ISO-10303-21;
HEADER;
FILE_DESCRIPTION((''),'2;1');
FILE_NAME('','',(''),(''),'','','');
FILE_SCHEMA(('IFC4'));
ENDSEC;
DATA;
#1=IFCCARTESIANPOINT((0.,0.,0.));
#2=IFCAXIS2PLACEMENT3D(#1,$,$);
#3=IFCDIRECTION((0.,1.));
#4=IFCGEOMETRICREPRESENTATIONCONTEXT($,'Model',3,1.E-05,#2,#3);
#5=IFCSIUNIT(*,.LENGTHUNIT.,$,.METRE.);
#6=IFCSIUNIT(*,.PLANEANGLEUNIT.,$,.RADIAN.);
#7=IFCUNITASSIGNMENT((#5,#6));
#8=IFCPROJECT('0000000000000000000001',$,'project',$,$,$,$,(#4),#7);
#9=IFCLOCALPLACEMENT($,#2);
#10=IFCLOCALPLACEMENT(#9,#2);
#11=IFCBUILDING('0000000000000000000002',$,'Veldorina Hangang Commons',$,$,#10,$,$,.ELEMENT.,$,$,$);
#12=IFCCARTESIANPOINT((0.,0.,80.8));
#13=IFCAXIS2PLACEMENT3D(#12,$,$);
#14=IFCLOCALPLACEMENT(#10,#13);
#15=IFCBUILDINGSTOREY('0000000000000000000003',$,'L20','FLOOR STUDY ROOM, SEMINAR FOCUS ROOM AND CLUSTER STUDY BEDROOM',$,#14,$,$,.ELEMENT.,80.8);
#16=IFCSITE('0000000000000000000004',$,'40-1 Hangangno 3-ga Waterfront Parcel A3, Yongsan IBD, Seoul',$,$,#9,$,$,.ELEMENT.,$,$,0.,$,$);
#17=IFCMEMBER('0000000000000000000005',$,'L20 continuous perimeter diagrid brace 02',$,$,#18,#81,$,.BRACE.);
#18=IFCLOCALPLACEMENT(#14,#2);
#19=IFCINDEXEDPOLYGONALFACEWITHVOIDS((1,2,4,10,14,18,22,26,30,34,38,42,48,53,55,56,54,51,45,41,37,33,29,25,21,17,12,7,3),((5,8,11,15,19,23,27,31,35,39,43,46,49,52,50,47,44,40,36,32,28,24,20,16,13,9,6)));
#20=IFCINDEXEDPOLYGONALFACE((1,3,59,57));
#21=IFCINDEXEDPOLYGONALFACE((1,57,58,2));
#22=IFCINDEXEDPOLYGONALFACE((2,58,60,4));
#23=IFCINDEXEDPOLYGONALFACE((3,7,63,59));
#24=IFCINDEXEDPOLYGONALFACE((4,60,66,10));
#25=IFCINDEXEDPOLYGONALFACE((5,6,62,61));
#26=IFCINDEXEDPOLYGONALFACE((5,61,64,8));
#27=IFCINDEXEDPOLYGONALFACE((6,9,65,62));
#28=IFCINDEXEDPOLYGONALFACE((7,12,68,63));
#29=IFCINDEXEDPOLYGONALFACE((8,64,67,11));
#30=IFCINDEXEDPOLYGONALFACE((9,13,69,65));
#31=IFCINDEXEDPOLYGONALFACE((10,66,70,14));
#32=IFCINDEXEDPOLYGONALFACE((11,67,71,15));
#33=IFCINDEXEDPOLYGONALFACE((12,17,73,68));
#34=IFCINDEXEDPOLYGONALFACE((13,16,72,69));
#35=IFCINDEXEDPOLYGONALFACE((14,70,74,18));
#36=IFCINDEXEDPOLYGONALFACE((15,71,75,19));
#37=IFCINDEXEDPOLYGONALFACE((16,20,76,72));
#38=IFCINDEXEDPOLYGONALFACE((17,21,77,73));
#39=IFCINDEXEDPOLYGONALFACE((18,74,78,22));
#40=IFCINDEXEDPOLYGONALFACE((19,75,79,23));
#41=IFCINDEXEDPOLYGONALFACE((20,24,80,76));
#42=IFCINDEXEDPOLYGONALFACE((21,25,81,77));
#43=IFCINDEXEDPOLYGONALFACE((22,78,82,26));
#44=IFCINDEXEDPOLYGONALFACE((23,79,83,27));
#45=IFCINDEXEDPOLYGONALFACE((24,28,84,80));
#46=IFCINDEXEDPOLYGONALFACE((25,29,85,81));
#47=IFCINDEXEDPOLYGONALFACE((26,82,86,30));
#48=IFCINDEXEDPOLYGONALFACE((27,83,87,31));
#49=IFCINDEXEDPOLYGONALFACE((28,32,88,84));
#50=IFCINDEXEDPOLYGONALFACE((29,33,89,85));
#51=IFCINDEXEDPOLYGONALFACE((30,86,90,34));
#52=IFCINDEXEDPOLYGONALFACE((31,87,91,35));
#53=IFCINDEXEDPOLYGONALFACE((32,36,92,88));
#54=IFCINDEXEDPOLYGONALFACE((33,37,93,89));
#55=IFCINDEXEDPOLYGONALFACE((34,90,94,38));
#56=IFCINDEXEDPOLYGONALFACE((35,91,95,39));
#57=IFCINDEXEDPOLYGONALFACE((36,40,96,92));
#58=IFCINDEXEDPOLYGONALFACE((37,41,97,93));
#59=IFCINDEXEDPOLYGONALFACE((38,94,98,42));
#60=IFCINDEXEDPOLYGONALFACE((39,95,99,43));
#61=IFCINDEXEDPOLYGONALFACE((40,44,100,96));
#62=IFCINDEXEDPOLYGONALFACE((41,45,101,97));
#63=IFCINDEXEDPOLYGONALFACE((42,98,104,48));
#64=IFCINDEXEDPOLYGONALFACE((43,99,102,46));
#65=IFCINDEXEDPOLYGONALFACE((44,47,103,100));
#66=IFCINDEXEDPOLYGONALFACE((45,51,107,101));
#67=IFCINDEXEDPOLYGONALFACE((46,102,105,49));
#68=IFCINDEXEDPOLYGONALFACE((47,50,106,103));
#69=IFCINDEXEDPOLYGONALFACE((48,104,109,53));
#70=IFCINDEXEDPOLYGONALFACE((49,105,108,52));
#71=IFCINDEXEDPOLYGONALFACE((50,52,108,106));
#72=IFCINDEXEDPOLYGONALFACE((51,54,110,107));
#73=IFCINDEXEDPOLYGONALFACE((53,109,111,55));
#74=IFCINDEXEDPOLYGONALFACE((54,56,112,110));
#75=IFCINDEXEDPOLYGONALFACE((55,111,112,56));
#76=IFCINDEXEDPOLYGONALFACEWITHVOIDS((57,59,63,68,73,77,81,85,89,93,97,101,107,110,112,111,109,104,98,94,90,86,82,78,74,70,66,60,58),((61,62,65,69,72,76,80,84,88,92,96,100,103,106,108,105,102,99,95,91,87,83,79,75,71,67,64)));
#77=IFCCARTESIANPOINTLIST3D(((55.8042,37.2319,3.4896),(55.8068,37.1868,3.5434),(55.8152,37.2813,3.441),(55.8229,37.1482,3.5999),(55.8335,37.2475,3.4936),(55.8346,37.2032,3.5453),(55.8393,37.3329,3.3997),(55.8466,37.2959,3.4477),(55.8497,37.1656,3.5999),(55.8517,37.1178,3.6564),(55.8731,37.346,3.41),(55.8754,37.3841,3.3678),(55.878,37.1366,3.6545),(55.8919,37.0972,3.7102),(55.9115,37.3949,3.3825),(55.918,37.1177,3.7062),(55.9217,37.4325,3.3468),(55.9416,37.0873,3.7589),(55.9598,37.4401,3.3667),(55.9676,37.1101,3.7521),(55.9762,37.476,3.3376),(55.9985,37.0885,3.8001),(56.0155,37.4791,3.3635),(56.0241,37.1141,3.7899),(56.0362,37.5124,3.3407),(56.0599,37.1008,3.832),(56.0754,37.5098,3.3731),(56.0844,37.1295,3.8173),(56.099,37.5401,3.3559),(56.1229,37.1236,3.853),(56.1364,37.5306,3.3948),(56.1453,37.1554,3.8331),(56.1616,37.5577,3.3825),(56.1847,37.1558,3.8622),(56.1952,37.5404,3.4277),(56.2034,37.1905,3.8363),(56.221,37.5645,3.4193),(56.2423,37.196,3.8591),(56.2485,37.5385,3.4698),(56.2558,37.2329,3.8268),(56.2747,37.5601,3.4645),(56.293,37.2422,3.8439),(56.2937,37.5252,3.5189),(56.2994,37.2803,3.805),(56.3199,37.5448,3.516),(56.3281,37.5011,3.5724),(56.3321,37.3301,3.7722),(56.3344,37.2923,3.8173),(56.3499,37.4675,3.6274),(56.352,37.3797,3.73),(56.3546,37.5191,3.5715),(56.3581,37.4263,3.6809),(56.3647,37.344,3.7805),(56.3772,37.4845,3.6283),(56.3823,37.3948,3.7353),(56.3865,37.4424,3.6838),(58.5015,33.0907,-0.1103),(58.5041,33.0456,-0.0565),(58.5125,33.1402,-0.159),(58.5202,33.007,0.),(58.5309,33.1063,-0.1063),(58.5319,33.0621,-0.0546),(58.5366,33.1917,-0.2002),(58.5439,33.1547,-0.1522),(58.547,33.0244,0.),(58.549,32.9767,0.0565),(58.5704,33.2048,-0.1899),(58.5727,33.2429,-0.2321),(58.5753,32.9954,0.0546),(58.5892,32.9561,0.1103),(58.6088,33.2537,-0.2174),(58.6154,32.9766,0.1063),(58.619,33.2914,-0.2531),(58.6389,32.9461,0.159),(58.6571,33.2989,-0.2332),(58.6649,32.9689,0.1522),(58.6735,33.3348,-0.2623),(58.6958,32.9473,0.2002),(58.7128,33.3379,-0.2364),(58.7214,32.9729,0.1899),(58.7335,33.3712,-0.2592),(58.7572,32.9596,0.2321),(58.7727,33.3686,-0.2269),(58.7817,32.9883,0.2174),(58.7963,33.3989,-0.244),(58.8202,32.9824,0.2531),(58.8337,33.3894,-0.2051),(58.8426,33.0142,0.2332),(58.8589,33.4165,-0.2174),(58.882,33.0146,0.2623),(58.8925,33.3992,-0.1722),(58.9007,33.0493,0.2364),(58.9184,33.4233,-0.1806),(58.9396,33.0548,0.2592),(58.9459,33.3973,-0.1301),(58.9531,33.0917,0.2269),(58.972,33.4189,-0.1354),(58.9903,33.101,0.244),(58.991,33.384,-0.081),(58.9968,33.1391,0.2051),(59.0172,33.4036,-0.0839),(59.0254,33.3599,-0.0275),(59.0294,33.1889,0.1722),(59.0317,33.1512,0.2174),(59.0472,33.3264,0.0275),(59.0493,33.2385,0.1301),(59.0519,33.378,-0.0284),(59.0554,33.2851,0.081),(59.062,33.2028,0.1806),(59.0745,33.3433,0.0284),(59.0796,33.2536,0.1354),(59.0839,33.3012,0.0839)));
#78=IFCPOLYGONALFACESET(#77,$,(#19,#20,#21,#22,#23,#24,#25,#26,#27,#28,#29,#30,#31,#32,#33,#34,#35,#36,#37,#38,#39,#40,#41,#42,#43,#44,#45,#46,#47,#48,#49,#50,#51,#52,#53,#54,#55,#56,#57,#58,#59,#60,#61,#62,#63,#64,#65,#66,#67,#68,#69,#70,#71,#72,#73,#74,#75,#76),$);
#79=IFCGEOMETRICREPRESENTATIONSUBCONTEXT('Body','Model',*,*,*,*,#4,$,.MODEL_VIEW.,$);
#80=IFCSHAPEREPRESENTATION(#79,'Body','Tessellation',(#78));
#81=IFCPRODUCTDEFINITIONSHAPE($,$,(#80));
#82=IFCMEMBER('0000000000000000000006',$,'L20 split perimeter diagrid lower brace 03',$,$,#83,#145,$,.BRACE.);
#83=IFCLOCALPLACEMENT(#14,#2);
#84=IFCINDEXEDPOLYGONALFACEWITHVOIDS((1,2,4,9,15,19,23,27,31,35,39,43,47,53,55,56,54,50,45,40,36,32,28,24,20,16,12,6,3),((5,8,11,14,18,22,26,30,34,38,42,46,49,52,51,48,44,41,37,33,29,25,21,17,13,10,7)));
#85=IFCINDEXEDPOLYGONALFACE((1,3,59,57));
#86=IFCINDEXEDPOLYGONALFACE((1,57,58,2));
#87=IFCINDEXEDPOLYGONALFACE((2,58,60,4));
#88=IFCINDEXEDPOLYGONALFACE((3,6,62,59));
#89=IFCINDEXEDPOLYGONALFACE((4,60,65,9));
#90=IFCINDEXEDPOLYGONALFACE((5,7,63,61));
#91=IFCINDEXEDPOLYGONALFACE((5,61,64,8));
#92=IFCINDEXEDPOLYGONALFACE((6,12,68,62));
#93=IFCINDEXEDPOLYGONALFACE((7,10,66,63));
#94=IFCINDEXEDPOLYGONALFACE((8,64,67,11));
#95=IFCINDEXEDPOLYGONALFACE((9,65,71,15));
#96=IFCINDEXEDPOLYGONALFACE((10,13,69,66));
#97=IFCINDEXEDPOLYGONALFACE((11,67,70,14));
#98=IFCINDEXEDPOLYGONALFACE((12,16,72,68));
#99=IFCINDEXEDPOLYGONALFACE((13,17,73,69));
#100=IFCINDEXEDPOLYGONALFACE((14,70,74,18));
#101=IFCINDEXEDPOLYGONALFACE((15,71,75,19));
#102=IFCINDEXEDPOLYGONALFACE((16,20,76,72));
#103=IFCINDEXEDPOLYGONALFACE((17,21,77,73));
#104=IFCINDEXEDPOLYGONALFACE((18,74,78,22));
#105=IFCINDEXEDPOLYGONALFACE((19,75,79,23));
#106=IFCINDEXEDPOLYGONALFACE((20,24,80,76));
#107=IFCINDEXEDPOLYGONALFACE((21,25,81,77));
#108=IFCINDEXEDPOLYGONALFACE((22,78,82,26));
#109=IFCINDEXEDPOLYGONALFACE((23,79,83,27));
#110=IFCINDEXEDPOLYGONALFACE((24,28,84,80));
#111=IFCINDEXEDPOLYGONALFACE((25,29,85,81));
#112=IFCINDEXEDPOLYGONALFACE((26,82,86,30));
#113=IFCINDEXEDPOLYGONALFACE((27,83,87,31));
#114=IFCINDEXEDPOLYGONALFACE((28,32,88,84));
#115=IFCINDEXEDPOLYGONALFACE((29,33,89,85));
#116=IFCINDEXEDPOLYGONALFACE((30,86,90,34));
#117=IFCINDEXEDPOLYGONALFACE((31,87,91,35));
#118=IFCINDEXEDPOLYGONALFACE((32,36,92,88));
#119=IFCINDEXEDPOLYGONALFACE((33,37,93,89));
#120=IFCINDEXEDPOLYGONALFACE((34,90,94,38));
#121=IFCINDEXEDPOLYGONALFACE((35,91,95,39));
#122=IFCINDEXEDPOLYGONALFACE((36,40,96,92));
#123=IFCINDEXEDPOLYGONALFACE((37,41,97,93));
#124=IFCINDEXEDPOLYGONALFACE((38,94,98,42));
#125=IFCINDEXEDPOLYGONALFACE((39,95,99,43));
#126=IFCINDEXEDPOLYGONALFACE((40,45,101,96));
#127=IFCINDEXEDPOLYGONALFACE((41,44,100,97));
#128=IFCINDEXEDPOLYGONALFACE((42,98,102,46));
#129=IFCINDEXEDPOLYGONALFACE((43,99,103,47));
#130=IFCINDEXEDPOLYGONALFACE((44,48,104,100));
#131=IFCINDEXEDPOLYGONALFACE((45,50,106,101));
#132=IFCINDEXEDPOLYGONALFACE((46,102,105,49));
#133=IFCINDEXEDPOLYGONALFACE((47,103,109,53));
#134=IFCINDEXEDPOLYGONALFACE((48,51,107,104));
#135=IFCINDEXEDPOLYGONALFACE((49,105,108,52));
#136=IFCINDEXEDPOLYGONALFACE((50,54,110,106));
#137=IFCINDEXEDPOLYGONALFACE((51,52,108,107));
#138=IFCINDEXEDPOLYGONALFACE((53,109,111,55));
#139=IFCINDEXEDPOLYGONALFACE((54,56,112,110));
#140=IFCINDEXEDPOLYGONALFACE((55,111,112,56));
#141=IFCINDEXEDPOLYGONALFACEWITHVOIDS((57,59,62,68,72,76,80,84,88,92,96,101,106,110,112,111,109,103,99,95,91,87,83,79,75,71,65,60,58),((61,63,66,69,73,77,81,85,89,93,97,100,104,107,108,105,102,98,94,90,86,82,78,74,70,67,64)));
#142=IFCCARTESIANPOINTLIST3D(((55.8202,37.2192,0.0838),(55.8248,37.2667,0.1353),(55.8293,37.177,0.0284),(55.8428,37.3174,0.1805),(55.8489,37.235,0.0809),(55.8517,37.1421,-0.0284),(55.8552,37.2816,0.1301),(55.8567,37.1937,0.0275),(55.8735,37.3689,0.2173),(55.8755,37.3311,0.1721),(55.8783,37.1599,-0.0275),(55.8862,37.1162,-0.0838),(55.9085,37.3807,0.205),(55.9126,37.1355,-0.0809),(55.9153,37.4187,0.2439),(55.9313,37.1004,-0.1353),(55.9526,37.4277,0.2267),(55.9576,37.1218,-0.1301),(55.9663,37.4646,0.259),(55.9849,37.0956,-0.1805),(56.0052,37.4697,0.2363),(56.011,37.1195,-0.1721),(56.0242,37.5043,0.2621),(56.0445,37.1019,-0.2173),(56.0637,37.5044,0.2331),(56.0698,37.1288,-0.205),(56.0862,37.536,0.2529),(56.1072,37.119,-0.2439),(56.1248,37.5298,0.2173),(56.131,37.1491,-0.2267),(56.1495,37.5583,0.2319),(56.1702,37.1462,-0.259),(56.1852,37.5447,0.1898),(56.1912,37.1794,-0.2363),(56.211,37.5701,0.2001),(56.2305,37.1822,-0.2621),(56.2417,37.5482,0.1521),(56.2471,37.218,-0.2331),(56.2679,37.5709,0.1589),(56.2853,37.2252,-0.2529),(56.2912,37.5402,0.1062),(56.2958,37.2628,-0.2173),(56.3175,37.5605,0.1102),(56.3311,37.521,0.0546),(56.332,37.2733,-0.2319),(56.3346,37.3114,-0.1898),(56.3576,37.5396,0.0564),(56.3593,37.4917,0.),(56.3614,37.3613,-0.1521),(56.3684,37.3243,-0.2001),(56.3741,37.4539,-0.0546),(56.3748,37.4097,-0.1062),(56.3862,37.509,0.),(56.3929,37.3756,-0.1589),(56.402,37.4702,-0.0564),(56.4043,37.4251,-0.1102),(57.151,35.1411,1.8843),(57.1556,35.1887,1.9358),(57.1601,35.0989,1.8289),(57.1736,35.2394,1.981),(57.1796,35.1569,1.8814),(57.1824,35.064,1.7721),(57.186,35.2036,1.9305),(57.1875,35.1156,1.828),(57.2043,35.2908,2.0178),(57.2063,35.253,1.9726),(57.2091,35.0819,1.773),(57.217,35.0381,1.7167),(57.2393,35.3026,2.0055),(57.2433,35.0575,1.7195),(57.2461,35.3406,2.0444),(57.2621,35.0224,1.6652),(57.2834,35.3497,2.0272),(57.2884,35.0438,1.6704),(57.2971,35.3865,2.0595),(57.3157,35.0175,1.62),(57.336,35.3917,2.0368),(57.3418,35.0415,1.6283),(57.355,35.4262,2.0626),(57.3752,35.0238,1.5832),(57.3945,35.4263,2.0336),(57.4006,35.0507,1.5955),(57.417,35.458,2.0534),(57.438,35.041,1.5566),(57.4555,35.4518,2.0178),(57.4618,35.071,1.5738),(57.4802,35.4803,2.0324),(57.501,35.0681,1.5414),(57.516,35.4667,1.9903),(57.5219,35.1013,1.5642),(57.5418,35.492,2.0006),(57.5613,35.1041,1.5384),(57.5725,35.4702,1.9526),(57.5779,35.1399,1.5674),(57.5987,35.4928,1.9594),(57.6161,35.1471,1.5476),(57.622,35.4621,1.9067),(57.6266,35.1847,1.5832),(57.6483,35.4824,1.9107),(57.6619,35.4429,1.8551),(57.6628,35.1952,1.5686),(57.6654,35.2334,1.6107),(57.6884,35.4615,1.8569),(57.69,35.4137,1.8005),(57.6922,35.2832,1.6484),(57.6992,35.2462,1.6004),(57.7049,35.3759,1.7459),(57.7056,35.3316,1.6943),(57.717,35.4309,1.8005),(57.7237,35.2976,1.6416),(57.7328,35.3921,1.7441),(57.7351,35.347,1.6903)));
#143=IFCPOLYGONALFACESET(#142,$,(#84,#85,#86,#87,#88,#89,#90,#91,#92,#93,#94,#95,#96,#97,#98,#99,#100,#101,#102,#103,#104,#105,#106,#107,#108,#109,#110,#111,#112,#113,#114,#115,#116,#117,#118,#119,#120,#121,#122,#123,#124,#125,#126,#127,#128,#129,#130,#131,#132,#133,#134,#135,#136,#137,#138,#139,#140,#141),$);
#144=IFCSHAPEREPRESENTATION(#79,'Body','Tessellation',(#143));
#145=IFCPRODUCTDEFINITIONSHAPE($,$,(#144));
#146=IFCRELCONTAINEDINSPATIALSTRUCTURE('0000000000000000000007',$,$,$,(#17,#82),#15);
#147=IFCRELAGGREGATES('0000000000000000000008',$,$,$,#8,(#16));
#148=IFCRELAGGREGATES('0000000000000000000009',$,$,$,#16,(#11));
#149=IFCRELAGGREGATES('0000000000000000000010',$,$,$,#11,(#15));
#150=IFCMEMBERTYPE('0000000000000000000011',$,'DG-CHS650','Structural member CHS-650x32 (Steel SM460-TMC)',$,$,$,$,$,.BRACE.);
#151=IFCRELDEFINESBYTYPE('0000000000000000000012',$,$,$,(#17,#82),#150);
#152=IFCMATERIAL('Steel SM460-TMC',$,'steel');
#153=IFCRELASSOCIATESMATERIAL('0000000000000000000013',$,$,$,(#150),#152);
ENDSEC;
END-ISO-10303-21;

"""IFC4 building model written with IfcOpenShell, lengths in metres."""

from ifc_helpers import new_model, si_unit, direction, frame, origin, origin_2d, place, context, subcontext, project, spatial, hollow_circle, extrude, material, material_profile, profile_set, type_object, element, save


model = new_model("IFC4")

# Units and contexts
model_context = context("Model", 3, precision=1e-05, world=origin(), true_north=direction((0.0, 1.0)))
body_context = subcontext(model_context, "Body", "Model", "MODEL_VIEW")
ifc_project = project(units=[si_unit("LENGTHUNIT", "METRE"), si_unit("PLANEANGLEUNIT", "RADIAN")], contexts=[model_context])

# Site, building, storey
site_placement = place(None, origin())
site = spatial("IfcSite", under=ifc_project, at=site_placement, Name="40-1 Hangangno 3-ga Waterfront Parcel A3, Yongsan IBD, Seoul", CompositionType="ELEMENT", RefElevation=0.0)
building_placement = place(site_placement, origin())
building = spatial("IfcBuilding", under=site, at=building_placement, Name="Veldorina Hangang Commons", CompositionType="ELEMENT")
storey_placement = place(building_placement, frame((0.0, 0.0, 80.8)))
storey = spatial("IfcBuildingStorey", under=building, at=storey_placement, Name="L20", Description="FLOOR STUDY ROOM, SEMINAR FOCUS ROOM AND CLUSTER STUDY BEDROOM", CompositionType="ELEMENT", Elevation=80.8)

# Members
ifc_material_1 = material(Name="Steel SM460-TMC", Category="steel")
ifc_material_profile_1 = material_profile(ifc_material_1, hollow_circle(Radius=0.325, WallThickness=0.032, at=origin_2d()), Name="CHS-650x32")
ifc_profile_set_1 = profile_set([ifc_material_profile_1], Name="Steel SM460-TMC")
member_type = type_object("IfcMemberType", Name="DG-CHS650", Description="Structural member CHS-650x32 (Steel SM460-TMC)", PredefinedType="BRACE", material=ifc_profile_set_1)
member_1_placement = place(storey_placement, frame((58.7925, 33.1843, 0.0), z_axis=(-0.44115, 0.677298, 0.588773), x_axis=(-0.837931, -0.545776, 0.0)))
element("IfcMember", 1, at=member_1_placement, inside=storey, type_object=member_type, Name="L20 continuous perimeter diagrid brace 02", PredefinedType="BRACE", context=body_context, shape_type="SweptSolid", body=[
    extrude(hollow_circle(Radius=0.325, WallThickness=0.032, at=origin_2d()), origin(), (0.0, 0.0, 1.0), 6.1143),
])
member_2_placement = place(storey_placement, frame((56.1125, 37.3337, 0.0), z_axis=(0.435651, -0.680289, 0.589419), x_axis=(0.842122, 0.539287, 0.0)))
element("IfcMember", 2, at=member_2_placement, inside=storey, type_object=member_type, Name="L20 split perimeter diagrid lower brace 03", PredefinedType="BRACE", context=body_context, shape_type="SweptSolid", body=[
    extrude(hollow_circle(Radius=0.325, WallThickness=0.032, at=origin_2d()), origin(), (0.0, 0.0, 1.0), 3.0547),
])

save(model, "model.ifc")
